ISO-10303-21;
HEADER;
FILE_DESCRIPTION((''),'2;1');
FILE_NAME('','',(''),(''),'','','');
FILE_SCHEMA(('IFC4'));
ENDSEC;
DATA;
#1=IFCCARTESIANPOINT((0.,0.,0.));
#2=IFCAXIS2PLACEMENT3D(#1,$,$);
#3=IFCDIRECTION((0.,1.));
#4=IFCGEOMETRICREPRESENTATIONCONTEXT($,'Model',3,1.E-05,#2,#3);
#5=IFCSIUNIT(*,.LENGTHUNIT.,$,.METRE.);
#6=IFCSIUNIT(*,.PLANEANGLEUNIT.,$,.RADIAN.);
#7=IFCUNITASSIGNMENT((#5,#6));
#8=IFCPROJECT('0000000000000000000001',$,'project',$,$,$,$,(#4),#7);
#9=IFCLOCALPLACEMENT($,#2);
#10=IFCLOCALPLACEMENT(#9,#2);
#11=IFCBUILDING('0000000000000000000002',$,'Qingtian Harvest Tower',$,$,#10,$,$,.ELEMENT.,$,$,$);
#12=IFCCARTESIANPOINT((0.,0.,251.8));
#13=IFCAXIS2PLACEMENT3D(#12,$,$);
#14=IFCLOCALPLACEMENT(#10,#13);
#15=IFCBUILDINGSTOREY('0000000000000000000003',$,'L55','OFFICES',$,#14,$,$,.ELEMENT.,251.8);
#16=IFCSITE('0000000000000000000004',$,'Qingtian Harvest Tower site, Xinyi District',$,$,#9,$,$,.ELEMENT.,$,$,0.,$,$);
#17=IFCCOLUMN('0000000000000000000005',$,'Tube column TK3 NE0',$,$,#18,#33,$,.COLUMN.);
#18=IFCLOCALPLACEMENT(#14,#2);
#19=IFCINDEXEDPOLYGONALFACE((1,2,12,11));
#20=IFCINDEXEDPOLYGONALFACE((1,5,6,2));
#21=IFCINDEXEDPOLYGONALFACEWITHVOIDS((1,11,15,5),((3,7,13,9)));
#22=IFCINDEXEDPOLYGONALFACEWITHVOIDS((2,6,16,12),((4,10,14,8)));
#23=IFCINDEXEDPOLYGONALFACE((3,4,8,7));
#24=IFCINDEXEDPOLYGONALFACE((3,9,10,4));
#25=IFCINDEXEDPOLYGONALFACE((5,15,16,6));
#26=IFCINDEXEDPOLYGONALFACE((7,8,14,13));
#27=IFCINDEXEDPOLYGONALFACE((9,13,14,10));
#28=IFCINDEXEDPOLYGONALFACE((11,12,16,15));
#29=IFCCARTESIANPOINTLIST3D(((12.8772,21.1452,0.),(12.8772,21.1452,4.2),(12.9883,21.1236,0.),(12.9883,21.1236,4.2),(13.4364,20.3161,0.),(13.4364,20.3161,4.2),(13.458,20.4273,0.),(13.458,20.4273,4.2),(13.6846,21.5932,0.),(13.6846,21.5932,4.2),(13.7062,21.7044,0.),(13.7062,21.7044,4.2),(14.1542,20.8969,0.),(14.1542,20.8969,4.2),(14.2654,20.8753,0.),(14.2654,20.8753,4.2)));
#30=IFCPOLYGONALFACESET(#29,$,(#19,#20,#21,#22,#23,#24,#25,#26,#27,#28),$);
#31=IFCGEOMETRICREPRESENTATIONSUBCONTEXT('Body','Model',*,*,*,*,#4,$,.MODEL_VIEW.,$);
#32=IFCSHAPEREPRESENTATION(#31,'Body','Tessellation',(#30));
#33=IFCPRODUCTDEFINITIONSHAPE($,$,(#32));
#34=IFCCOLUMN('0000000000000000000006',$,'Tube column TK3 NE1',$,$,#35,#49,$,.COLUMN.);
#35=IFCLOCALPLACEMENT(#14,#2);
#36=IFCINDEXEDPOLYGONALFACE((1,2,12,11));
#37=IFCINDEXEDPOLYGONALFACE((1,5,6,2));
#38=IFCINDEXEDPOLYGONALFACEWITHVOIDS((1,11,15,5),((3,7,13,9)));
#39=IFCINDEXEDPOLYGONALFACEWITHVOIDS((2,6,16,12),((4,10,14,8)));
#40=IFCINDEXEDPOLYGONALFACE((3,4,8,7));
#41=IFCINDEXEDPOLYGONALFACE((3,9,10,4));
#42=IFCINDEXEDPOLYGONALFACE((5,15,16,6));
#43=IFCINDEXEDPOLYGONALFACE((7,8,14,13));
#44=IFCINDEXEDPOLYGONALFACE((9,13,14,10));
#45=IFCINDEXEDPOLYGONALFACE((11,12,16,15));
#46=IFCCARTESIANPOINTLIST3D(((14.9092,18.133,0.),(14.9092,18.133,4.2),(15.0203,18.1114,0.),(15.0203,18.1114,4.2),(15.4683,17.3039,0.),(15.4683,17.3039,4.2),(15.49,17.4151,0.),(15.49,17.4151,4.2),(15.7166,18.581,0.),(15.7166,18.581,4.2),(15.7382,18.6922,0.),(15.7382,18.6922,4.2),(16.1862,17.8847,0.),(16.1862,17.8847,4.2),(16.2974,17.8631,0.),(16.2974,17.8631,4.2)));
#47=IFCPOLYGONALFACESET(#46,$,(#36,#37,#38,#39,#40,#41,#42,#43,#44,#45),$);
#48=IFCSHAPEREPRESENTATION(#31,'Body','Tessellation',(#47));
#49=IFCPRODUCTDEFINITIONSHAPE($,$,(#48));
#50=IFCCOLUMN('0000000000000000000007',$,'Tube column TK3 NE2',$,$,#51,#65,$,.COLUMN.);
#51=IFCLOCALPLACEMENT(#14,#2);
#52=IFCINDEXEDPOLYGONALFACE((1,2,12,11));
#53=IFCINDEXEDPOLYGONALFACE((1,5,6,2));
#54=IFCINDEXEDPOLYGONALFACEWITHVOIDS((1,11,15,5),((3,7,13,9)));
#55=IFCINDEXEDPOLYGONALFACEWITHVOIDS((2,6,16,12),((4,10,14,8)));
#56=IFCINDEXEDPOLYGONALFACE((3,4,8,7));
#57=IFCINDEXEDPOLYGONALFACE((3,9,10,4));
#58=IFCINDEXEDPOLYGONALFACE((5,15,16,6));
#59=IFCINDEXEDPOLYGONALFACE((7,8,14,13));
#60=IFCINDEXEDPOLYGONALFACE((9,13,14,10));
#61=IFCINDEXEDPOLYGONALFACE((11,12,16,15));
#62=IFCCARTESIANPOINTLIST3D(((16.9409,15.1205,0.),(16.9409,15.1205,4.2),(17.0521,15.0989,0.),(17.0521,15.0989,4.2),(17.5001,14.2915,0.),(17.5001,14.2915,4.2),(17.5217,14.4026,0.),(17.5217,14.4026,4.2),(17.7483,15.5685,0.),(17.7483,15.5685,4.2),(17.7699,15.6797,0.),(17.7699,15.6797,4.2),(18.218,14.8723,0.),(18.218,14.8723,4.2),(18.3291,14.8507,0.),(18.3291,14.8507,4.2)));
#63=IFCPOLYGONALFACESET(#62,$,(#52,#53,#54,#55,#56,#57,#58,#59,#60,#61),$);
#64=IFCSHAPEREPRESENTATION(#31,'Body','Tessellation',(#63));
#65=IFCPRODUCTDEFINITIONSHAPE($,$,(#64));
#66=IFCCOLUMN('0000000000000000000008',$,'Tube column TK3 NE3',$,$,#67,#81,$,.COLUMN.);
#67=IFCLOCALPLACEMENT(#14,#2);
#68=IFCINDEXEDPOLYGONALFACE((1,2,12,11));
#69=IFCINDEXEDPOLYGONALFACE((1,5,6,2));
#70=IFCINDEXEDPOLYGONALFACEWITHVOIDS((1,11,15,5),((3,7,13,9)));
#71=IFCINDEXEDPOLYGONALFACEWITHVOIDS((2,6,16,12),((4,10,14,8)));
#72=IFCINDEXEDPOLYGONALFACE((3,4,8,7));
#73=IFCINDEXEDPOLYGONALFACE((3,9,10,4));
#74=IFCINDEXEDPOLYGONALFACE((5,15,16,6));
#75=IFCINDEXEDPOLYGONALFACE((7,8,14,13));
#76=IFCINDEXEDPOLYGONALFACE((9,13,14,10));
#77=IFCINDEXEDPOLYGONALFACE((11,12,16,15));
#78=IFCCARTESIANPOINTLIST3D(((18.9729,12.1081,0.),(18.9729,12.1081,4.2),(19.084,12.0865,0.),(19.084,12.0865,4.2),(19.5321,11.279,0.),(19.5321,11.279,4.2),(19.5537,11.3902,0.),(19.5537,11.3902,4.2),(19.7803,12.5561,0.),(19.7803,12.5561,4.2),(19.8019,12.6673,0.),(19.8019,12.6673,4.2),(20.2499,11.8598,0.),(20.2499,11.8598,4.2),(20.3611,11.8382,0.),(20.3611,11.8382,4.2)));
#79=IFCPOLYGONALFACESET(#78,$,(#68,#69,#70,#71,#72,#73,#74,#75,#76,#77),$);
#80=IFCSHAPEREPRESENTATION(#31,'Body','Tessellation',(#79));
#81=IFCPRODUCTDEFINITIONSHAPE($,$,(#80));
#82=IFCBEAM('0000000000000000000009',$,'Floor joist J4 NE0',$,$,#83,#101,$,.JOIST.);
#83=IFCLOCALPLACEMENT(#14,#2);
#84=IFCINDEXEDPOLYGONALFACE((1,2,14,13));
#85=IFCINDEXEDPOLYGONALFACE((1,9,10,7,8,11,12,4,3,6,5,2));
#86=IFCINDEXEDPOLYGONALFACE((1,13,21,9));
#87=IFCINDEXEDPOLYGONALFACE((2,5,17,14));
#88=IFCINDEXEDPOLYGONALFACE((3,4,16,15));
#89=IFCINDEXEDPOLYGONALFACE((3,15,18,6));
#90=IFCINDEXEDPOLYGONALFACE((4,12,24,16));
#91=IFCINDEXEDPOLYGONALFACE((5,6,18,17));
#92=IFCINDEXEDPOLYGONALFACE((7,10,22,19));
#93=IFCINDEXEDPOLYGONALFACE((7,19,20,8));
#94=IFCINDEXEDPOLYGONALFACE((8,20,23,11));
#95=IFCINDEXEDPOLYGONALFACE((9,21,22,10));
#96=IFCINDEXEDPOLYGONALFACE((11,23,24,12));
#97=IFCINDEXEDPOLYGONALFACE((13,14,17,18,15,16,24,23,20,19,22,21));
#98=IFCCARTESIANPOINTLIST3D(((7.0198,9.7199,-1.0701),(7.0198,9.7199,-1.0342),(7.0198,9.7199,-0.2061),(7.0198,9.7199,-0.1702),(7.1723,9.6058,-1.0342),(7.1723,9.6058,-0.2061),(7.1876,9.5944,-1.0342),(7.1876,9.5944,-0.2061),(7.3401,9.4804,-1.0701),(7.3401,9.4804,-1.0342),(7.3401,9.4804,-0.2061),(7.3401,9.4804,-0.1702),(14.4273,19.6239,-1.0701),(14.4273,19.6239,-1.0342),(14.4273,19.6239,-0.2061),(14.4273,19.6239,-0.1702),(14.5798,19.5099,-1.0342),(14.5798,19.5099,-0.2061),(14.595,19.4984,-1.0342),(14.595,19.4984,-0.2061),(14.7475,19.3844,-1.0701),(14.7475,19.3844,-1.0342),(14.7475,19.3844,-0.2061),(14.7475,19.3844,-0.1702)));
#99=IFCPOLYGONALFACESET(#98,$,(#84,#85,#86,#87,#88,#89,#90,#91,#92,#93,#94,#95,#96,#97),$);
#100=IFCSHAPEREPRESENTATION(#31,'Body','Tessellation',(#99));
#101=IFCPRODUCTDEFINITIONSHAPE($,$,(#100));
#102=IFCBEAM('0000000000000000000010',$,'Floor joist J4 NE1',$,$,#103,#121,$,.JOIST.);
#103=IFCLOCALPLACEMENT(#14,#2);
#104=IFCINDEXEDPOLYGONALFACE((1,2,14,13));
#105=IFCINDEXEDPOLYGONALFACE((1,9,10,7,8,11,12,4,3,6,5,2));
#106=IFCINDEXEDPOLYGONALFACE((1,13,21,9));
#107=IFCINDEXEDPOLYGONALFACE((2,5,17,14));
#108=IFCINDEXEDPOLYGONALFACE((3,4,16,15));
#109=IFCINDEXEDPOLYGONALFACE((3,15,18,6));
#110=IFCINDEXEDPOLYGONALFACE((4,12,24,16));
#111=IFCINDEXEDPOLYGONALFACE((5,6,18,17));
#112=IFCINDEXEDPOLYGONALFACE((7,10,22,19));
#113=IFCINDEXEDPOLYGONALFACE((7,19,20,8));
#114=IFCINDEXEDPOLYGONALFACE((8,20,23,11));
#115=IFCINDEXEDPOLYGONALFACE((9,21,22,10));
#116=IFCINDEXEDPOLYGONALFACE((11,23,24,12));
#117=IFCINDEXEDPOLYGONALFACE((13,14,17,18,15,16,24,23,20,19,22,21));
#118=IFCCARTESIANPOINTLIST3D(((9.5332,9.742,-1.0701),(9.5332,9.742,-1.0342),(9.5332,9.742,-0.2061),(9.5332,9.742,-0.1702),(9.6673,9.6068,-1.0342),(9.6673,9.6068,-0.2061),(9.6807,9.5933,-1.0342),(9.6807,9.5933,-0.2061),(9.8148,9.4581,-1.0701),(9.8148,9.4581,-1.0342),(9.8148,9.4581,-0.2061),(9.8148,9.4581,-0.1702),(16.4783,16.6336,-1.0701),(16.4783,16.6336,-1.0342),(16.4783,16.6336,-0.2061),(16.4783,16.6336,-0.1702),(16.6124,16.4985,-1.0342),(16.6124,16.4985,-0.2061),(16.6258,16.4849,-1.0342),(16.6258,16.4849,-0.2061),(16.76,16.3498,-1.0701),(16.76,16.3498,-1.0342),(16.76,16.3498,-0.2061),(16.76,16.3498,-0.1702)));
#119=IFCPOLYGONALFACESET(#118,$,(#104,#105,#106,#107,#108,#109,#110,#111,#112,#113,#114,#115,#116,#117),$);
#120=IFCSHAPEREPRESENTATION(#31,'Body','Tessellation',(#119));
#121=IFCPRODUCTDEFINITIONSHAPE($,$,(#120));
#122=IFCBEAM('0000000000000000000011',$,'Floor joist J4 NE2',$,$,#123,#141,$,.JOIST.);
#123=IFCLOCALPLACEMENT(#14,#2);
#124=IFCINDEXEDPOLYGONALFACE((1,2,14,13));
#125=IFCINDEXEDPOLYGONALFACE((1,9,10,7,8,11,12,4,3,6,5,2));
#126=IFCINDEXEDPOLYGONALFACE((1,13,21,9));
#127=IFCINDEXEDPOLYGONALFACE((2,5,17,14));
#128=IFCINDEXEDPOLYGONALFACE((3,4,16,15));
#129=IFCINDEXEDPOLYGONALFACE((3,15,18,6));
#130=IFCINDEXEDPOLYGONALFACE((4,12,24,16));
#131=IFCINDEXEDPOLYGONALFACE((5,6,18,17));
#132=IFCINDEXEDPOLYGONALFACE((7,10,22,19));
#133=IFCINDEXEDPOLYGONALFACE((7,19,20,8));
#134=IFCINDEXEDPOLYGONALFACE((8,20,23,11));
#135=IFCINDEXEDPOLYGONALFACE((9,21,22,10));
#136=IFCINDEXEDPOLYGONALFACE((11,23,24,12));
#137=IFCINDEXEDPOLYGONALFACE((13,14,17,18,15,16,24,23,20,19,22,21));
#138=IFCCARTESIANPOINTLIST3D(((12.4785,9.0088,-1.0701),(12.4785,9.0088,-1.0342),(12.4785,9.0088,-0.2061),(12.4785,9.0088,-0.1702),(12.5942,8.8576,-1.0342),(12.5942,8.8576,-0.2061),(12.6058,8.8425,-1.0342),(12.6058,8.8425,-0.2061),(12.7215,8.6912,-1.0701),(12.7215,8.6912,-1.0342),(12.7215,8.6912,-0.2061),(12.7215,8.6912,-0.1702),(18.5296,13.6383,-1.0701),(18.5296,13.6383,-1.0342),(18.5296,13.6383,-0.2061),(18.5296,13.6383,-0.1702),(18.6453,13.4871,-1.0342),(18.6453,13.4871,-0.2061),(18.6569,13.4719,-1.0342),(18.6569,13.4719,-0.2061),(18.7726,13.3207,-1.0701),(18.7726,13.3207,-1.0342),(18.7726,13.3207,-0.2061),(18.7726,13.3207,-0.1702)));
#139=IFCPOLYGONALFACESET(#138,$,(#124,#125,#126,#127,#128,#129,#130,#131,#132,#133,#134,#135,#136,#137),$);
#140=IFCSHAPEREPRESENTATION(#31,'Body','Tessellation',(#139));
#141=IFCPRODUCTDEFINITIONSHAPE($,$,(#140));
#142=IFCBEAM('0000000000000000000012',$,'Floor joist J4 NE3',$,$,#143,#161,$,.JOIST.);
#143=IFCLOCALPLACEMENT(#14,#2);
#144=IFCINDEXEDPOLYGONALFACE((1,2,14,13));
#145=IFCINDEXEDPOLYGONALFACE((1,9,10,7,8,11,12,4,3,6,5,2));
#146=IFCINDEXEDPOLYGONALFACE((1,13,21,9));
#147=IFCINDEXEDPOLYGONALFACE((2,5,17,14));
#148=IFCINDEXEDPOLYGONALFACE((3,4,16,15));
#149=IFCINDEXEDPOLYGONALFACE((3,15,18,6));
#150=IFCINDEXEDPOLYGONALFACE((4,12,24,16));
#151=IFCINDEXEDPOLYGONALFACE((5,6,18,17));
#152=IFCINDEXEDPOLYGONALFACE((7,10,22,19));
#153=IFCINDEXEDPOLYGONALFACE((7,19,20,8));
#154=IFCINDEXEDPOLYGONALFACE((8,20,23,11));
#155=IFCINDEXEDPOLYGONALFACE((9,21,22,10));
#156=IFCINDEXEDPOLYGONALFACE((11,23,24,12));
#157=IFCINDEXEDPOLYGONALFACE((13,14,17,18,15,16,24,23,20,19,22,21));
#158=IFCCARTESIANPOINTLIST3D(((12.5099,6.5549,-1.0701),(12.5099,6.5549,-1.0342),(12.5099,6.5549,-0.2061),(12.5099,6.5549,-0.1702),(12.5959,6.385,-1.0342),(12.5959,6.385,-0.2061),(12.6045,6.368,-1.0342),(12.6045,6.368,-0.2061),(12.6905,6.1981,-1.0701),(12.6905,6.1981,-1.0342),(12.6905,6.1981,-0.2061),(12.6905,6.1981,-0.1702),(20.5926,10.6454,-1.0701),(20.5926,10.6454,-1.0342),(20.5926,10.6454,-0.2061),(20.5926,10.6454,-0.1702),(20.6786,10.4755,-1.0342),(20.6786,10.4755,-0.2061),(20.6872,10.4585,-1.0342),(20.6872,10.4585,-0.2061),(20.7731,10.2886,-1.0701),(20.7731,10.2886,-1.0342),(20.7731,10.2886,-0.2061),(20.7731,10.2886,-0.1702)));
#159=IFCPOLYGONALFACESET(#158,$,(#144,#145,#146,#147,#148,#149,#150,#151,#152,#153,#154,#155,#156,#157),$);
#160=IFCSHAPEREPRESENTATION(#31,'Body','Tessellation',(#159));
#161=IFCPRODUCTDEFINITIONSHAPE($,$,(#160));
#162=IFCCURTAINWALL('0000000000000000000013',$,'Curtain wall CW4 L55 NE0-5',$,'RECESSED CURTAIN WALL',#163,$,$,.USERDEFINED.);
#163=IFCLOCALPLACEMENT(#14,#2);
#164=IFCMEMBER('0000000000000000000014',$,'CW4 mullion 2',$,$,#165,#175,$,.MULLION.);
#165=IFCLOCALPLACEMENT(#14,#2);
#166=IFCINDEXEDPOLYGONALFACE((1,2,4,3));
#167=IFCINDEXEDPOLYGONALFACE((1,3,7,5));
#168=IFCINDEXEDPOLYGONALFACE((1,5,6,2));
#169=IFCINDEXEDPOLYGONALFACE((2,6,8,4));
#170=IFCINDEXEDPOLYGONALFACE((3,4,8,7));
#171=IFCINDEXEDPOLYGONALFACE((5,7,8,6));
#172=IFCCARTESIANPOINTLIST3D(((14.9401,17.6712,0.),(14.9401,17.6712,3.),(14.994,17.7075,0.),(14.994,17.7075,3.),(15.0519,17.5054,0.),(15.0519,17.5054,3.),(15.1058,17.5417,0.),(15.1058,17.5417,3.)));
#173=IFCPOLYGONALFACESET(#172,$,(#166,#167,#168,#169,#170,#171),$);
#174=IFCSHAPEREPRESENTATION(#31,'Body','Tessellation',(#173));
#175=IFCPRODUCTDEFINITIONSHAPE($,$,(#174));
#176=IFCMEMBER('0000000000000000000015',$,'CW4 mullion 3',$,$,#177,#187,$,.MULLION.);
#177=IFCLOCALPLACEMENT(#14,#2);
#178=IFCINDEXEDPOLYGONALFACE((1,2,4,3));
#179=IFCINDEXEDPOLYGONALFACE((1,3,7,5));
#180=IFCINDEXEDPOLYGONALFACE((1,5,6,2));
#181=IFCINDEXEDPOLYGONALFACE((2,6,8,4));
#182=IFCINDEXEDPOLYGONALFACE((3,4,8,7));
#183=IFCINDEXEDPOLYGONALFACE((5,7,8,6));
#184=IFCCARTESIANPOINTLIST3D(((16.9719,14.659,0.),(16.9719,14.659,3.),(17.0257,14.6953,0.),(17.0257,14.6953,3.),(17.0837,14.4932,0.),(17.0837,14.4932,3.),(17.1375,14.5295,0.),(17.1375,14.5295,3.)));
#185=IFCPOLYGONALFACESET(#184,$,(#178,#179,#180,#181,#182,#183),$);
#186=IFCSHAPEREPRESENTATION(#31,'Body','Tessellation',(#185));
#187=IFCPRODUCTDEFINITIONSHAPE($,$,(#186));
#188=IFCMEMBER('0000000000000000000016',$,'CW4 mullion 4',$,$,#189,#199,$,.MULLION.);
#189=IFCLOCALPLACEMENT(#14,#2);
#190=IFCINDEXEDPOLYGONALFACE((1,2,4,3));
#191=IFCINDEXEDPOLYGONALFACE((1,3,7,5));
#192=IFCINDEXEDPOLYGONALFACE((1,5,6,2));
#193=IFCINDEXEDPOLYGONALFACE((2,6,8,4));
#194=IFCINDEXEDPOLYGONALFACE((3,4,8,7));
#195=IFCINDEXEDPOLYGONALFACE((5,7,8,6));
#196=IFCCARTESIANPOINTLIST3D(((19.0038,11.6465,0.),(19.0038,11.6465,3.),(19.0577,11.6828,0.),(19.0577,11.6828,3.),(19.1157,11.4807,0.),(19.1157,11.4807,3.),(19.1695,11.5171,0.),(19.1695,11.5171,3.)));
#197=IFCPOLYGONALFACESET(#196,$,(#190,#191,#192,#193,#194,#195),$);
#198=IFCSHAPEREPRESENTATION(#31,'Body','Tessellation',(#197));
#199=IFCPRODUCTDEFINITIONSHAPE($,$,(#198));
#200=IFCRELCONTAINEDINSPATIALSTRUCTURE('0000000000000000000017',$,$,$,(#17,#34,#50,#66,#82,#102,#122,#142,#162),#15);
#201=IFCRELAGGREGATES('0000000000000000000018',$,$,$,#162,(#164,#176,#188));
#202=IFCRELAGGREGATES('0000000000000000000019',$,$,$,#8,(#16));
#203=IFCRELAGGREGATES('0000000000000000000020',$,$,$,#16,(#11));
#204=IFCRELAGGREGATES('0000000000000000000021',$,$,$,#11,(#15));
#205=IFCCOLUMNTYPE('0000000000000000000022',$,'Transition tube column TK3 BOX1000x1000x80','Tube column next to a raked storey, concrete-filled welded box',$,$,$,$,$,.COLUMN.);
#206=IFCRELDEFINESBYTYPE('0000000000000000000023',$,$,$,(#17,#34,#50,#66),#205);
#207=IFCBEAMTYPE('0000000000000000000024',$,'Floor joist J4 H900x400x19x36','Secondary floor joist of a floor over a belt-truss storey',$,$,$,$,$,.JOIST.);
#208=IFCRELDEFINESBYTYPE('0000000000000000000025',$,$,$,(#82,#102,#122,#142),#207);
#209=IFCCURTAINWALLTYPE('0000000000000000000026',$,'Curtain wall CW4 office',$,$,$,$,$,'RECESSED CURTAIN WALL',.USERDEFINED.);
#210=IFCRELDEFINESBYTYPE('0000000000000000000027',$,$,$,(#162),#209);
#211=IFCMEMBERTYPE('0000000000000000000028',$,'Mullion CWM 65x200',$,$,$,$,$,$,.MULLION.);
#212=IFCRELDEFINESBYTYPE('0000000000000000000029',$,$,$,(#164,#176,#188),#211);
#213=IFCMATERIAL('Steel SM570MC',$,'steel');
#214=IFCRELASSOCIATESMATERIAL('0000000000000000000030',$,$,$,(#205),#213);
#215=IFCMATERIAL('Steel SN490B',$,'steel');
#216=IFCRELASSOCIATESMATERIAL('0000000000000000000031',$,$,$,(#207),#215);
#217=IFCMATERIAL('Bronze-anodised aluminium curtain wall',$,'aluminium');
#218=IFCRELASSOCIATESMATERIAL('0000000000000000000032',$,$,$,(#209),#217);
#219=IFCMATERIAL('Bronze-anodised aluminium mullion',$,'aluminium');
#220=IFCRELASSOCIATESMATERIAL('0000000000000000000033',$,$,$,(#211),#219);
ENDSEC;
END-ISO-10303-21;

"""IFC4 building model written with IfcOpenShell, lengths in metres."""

from ifc_helpers import new_model, si_unit, direction, frame, origin, origin_2d, place, context, subcontext, project, spatial, rectangle, hollow_rectangle, i_section, extrude, material, material_profile, profile_set, type_object, element, aggregate, save


model = new_model("IFC4")

# Units and contexts
model_context = context("Model", 3, precision=1e-05, world=origin(), true_north=direction((0.0, 1.0)))
body_context = subcontext(model_context, "Body", "Model", "MODEL_VIEW")
ifc_project = project(units=[si_unit("LENGTHUNIT", "METRE"), si_unit("PLANEANGLEUNIT", "RADIAN")], contexts=[model_context])

# Site, building, storey
site_placement = place(None, origin())
site = spatial("IfcSite", under=ifc_project, at=site_placement, Name="Qingtian Harvest Tower site, Xinyi District", CompositionType="ELEMENT", RefElevation=0.0)
building_placement = place(site_placement, origin())
building = spatial("IfcBuilding", under=site, at=building_placement, Name="Qingtian Harvest Tower", CompositionType="ELEMENT")
storey_placement = place(building_placement, frame((0.0, 0.0, 251.8)))
storey = spatial("IfcBuildingStorey", under=building, at=storey_placement, Name="L55", Description="OFFICES", CompositionType="ELEMENT", Elevation=251.8)

# Columns
ifc_material_1 = material(Name="Steel SM570MC", Category="steel")
ifc_material_profile_1 = material_profile(ifc_material_1, hollow_rectangle(XDim=1.0, YDim=1.0, WallThickness=0.0801, at=origin_2d()), Name="BOX1000x1000x80")
ifc_profile_set_1 = profile_set([ifc_material_profile_1], Name="Steel SM570MC")
column_type = type_object("IfcColumnType", Name="Transition tube column TK3 BOX1000x1000x80", Description="Tube column next to a raked storey, concrete-filled welded box", PredefinedType="COLUMN", material=ifc_profile_set_1)
for number, where, z_axis, x_axis, name in (
    (1, (13.5713, 21.0103, 0.0), (0.0, 0.0, 1.0), (-0.559193, 0.829038, 0.0), "Tube column TK3 NE0"),
    (2, (15.6033, 17.998, 0.0), (0.0, 0.0, 1.0), (-0.559193, 0.829038, 0.0), "Tube column TK3 NE1"),
    (3, (17.635, 14.9856, 0.0), (0.0, 0.0, 1.0), (-0.559193, 0.829038, 0.0), "Tube column TK3 NE2"),
    (4, (19.667, 11.9731, 0.0), (0.0, 0.0, 1.0), (-0.559193, 0.829038, 0.0), "Tube column TK3 NE3"),
):
    element("IfcColumn", number, at=place(storey_placement, frame(where, z_axis=z_axis, x_axis=x_axis)), inside=storey, type_object=column_type, Name=name, PredefinedType="COLUMN", context=body_context, shape_type="SweptSolid", body=[
        extrude(hollow_rectangle(XDim=1.0, YDim=1.0, WallThickness=0.0801, at=origin_2d()), origin(), (0.0, 0.0, 1.0), 4.2),
    ])

# Beams
ifc_material_2 = material(Name="Steel SN490B", Category="steel")
ifc_material_profile_2 = material_profile(ifc_material_2, i_section(OverallWidth=0.3999, OverallDepth=0.8999, WebThickness=0.019, FlangeThickness=0.0359, at=origin_2d()), Name="H900x400x19x36")
ifc_profile_set_2 = profile_set([ifc_material_profile_2], Name="Steel SN490B")
beam_type_1 = type_object("IfcBeamType", Name="Floor joist J4 H900x400x19x36", Description="Secondary floor joist of a floor over a belt-truss storey", PredefinedType="JOIST", material=ifc_profile_set_2)
beam_1_placement = place(storey_placement, frame((14.5874, 19.5042, -0.6201), z_axis=(-0.598935, -0.800798, 0.0), x_axis=(0.800798, -0.598935, 0.0)))
element("IfcBeam", 5, at=beam_1_placement, inside=storey, type_object=beam_type_1, Name="Floor joist J4 NE0", PredefinedType="JOIST", context=body_context, shape_type="SweptSolid", body=[
    extrude(i_section(OverallWidth=0.3999, OverallDepth=0.8999, WebThickness=0.019, FlangeThickness=0.0359, at=origin_2d()), origin(), (0.0, 0.0, 1.0), 12.3677),
])
beam_2_placement = place(storey_placement, frame((16.6191, 16.4917, -0.6201), z_axis=(-0.709834, -0.704369, 0.0), x_axis=(0.704369, -0.709834, 0.0)))
element("IfcBeam", 6, at=beam_2_placement, inside=storey, type_object=beam_type_1, Name="Floor joist J4 NE1", PredefinedType="JOIST", context=body_context, shape_type="SweptSolid", body=[
    extrude(i_section(OverallWidth=0.3999, OverallDepth=0.8999, WebThickness=0.019, FlangeThickness=0.0359, at=origin_2d()), origin(), (0.0, 0.0, 1.0), 9.7842),
])
beam_3_placement = place(storey_placement, frame((18.6511, 13.4795, -0.6201), z_axis=(-0.794222, -0.607627, 0.0), x_axis=(0.607627, -0.794222, 0.0)))
element("IfcBeam", 7, at=beam_3_placement, inside=storey, type_object=beam_type_1, Name="Floor joist J4 NE2", PredefinedType="JOIST", context=body_context, shape_type="SweptSolid", body=[
    extrude(i_section(OverallWidth=0.3999, OverallDepth=0.8999, WebThickness=0.019, FlangeThickness=0.0359, at=origin_2d()), origin(), (0.0, 0.0, 1.0), 7.6189),
])
beam_4_placement = place(storey_placement, frame((20.6829, 10.467, -0.6201), z_axis=(-0.892244, -0.451553, 0.0), x_axis=(0.451553, -0.892244, 0.0)))
element("IfcBeam", 8, at=beam_4_placement, inside=storey, type_object=beam_type_1, Name="Floor joist J4 NE3", PredefinedType="JOIST", context=body_context, shape_type="SweptSolid", body=[
    extrude(i_section(OverallWidth=0.3999, OverallDepth=0.8999, WebThickness=0.019, FlangeThickness=0.0359, at=origin_2d()), origin(), (0.0, 0.0, 1.0), 9.0588),
])

# Curtain wall, members
ifc_material_3 = material(Name="Bronze-anodised aluminium curtain wall", Category="aluminium")
curtain_wall_type = type_object("IfcCurtainWallType", Name="Curtain wall CW4 office", ElementType="RECESSED CURTAIN WALL", PredefinedType="USERDEFINED", material=ifc_material_3)
curtain_wall_placement = place(storey_placement, origin())
curtain_wall = element("IfcCurtainWall", 9, at=curtain_wall_placement, inside=storey, type_object=curtain_wall_type, Name="Curtain wall CW4 L55 NE0-5", ObjectType="RECESSED CURTAIN WALL", PredefinedType="USERDEFINED")
ifc_material_4 = material(Name="Bronze-anodised aluminium mullion", Category="aluminium")
ifc_material_profile_3 = material_profile(ifc_material_4, rectangle(XDim=0.0649, YDim=0.2, at=origin_2d()), Name="AL 65x200")
ifc_profile_set_3 = profile_set([ifc_material_profile_3], Name="Bronze-anodised aluminium mullion")
member_type_1 = type_object("IfcMemberType", Name="Mullion CWM 65x200", PredefinedType="MULLION", material=ifc_profile_set_3)
member_1_placement = place(storey_placement, frame((15.0229, 17.6064, 0.0), z_axis=(0.0, 0.0, 1.0), x_axis=(0.829038, 0.559193, 0.0)))
member_1 = element("IfcMember", 10, at=member_1_placement, type_object=member_type_1, Name="CW4 mullion 2", PredefinedType="MULLION", context=body_context, shape_type="SweptSolid", body=[
    extrude(rectangle(XDim=0.0649, YDim=0.2, at=origin_2d()), origin(), (0.0, 0.0, 1.0), 3.0),
])
member_2_placement = place(storey_placement, frame((17.0547, 14.5942, 0.0), z_axis=(0.0, 0.0, 1.0), x_axis=(0.829038, 0.559193, 0.0)))
member_2 = element("IfcMember", 11, at=member_2_placement, type_object=member_type_1, Name="CW4 mullion 3", PredefinedType="MULLION", context=body_context, shape_type="SweptSolid", body=[
    extrude(rectangle(XDim=0.0649, YDim=0.2, at=origin_2d()), origin(), (0.0, 0.0, 1.0), 3.0),
])
member_3_placement = place(storey_placement, frame((19.0867, 11.5818, 0.0), z_axis=(0.0, 0.0, 1.0), x_axis=(0.829038, 0.559193, 0.0)))
member_3 = element("IfcMember", 12, at=member_3_placement, type_object=member_type_1, Name="CW4 mullion 4", PredefinedType="MULLION", context=body_context, shape_type="SweptSolid", body=[
    extrude(rectangle(XDim=0.0649, YDim=0.2, at=origin_2d()), origin(), (0.0, 0.0, 1.0), 3.0),
])

aggregate(curtain_wall, [member_1, member_2, member_3])

save(model, "model.ifc")
